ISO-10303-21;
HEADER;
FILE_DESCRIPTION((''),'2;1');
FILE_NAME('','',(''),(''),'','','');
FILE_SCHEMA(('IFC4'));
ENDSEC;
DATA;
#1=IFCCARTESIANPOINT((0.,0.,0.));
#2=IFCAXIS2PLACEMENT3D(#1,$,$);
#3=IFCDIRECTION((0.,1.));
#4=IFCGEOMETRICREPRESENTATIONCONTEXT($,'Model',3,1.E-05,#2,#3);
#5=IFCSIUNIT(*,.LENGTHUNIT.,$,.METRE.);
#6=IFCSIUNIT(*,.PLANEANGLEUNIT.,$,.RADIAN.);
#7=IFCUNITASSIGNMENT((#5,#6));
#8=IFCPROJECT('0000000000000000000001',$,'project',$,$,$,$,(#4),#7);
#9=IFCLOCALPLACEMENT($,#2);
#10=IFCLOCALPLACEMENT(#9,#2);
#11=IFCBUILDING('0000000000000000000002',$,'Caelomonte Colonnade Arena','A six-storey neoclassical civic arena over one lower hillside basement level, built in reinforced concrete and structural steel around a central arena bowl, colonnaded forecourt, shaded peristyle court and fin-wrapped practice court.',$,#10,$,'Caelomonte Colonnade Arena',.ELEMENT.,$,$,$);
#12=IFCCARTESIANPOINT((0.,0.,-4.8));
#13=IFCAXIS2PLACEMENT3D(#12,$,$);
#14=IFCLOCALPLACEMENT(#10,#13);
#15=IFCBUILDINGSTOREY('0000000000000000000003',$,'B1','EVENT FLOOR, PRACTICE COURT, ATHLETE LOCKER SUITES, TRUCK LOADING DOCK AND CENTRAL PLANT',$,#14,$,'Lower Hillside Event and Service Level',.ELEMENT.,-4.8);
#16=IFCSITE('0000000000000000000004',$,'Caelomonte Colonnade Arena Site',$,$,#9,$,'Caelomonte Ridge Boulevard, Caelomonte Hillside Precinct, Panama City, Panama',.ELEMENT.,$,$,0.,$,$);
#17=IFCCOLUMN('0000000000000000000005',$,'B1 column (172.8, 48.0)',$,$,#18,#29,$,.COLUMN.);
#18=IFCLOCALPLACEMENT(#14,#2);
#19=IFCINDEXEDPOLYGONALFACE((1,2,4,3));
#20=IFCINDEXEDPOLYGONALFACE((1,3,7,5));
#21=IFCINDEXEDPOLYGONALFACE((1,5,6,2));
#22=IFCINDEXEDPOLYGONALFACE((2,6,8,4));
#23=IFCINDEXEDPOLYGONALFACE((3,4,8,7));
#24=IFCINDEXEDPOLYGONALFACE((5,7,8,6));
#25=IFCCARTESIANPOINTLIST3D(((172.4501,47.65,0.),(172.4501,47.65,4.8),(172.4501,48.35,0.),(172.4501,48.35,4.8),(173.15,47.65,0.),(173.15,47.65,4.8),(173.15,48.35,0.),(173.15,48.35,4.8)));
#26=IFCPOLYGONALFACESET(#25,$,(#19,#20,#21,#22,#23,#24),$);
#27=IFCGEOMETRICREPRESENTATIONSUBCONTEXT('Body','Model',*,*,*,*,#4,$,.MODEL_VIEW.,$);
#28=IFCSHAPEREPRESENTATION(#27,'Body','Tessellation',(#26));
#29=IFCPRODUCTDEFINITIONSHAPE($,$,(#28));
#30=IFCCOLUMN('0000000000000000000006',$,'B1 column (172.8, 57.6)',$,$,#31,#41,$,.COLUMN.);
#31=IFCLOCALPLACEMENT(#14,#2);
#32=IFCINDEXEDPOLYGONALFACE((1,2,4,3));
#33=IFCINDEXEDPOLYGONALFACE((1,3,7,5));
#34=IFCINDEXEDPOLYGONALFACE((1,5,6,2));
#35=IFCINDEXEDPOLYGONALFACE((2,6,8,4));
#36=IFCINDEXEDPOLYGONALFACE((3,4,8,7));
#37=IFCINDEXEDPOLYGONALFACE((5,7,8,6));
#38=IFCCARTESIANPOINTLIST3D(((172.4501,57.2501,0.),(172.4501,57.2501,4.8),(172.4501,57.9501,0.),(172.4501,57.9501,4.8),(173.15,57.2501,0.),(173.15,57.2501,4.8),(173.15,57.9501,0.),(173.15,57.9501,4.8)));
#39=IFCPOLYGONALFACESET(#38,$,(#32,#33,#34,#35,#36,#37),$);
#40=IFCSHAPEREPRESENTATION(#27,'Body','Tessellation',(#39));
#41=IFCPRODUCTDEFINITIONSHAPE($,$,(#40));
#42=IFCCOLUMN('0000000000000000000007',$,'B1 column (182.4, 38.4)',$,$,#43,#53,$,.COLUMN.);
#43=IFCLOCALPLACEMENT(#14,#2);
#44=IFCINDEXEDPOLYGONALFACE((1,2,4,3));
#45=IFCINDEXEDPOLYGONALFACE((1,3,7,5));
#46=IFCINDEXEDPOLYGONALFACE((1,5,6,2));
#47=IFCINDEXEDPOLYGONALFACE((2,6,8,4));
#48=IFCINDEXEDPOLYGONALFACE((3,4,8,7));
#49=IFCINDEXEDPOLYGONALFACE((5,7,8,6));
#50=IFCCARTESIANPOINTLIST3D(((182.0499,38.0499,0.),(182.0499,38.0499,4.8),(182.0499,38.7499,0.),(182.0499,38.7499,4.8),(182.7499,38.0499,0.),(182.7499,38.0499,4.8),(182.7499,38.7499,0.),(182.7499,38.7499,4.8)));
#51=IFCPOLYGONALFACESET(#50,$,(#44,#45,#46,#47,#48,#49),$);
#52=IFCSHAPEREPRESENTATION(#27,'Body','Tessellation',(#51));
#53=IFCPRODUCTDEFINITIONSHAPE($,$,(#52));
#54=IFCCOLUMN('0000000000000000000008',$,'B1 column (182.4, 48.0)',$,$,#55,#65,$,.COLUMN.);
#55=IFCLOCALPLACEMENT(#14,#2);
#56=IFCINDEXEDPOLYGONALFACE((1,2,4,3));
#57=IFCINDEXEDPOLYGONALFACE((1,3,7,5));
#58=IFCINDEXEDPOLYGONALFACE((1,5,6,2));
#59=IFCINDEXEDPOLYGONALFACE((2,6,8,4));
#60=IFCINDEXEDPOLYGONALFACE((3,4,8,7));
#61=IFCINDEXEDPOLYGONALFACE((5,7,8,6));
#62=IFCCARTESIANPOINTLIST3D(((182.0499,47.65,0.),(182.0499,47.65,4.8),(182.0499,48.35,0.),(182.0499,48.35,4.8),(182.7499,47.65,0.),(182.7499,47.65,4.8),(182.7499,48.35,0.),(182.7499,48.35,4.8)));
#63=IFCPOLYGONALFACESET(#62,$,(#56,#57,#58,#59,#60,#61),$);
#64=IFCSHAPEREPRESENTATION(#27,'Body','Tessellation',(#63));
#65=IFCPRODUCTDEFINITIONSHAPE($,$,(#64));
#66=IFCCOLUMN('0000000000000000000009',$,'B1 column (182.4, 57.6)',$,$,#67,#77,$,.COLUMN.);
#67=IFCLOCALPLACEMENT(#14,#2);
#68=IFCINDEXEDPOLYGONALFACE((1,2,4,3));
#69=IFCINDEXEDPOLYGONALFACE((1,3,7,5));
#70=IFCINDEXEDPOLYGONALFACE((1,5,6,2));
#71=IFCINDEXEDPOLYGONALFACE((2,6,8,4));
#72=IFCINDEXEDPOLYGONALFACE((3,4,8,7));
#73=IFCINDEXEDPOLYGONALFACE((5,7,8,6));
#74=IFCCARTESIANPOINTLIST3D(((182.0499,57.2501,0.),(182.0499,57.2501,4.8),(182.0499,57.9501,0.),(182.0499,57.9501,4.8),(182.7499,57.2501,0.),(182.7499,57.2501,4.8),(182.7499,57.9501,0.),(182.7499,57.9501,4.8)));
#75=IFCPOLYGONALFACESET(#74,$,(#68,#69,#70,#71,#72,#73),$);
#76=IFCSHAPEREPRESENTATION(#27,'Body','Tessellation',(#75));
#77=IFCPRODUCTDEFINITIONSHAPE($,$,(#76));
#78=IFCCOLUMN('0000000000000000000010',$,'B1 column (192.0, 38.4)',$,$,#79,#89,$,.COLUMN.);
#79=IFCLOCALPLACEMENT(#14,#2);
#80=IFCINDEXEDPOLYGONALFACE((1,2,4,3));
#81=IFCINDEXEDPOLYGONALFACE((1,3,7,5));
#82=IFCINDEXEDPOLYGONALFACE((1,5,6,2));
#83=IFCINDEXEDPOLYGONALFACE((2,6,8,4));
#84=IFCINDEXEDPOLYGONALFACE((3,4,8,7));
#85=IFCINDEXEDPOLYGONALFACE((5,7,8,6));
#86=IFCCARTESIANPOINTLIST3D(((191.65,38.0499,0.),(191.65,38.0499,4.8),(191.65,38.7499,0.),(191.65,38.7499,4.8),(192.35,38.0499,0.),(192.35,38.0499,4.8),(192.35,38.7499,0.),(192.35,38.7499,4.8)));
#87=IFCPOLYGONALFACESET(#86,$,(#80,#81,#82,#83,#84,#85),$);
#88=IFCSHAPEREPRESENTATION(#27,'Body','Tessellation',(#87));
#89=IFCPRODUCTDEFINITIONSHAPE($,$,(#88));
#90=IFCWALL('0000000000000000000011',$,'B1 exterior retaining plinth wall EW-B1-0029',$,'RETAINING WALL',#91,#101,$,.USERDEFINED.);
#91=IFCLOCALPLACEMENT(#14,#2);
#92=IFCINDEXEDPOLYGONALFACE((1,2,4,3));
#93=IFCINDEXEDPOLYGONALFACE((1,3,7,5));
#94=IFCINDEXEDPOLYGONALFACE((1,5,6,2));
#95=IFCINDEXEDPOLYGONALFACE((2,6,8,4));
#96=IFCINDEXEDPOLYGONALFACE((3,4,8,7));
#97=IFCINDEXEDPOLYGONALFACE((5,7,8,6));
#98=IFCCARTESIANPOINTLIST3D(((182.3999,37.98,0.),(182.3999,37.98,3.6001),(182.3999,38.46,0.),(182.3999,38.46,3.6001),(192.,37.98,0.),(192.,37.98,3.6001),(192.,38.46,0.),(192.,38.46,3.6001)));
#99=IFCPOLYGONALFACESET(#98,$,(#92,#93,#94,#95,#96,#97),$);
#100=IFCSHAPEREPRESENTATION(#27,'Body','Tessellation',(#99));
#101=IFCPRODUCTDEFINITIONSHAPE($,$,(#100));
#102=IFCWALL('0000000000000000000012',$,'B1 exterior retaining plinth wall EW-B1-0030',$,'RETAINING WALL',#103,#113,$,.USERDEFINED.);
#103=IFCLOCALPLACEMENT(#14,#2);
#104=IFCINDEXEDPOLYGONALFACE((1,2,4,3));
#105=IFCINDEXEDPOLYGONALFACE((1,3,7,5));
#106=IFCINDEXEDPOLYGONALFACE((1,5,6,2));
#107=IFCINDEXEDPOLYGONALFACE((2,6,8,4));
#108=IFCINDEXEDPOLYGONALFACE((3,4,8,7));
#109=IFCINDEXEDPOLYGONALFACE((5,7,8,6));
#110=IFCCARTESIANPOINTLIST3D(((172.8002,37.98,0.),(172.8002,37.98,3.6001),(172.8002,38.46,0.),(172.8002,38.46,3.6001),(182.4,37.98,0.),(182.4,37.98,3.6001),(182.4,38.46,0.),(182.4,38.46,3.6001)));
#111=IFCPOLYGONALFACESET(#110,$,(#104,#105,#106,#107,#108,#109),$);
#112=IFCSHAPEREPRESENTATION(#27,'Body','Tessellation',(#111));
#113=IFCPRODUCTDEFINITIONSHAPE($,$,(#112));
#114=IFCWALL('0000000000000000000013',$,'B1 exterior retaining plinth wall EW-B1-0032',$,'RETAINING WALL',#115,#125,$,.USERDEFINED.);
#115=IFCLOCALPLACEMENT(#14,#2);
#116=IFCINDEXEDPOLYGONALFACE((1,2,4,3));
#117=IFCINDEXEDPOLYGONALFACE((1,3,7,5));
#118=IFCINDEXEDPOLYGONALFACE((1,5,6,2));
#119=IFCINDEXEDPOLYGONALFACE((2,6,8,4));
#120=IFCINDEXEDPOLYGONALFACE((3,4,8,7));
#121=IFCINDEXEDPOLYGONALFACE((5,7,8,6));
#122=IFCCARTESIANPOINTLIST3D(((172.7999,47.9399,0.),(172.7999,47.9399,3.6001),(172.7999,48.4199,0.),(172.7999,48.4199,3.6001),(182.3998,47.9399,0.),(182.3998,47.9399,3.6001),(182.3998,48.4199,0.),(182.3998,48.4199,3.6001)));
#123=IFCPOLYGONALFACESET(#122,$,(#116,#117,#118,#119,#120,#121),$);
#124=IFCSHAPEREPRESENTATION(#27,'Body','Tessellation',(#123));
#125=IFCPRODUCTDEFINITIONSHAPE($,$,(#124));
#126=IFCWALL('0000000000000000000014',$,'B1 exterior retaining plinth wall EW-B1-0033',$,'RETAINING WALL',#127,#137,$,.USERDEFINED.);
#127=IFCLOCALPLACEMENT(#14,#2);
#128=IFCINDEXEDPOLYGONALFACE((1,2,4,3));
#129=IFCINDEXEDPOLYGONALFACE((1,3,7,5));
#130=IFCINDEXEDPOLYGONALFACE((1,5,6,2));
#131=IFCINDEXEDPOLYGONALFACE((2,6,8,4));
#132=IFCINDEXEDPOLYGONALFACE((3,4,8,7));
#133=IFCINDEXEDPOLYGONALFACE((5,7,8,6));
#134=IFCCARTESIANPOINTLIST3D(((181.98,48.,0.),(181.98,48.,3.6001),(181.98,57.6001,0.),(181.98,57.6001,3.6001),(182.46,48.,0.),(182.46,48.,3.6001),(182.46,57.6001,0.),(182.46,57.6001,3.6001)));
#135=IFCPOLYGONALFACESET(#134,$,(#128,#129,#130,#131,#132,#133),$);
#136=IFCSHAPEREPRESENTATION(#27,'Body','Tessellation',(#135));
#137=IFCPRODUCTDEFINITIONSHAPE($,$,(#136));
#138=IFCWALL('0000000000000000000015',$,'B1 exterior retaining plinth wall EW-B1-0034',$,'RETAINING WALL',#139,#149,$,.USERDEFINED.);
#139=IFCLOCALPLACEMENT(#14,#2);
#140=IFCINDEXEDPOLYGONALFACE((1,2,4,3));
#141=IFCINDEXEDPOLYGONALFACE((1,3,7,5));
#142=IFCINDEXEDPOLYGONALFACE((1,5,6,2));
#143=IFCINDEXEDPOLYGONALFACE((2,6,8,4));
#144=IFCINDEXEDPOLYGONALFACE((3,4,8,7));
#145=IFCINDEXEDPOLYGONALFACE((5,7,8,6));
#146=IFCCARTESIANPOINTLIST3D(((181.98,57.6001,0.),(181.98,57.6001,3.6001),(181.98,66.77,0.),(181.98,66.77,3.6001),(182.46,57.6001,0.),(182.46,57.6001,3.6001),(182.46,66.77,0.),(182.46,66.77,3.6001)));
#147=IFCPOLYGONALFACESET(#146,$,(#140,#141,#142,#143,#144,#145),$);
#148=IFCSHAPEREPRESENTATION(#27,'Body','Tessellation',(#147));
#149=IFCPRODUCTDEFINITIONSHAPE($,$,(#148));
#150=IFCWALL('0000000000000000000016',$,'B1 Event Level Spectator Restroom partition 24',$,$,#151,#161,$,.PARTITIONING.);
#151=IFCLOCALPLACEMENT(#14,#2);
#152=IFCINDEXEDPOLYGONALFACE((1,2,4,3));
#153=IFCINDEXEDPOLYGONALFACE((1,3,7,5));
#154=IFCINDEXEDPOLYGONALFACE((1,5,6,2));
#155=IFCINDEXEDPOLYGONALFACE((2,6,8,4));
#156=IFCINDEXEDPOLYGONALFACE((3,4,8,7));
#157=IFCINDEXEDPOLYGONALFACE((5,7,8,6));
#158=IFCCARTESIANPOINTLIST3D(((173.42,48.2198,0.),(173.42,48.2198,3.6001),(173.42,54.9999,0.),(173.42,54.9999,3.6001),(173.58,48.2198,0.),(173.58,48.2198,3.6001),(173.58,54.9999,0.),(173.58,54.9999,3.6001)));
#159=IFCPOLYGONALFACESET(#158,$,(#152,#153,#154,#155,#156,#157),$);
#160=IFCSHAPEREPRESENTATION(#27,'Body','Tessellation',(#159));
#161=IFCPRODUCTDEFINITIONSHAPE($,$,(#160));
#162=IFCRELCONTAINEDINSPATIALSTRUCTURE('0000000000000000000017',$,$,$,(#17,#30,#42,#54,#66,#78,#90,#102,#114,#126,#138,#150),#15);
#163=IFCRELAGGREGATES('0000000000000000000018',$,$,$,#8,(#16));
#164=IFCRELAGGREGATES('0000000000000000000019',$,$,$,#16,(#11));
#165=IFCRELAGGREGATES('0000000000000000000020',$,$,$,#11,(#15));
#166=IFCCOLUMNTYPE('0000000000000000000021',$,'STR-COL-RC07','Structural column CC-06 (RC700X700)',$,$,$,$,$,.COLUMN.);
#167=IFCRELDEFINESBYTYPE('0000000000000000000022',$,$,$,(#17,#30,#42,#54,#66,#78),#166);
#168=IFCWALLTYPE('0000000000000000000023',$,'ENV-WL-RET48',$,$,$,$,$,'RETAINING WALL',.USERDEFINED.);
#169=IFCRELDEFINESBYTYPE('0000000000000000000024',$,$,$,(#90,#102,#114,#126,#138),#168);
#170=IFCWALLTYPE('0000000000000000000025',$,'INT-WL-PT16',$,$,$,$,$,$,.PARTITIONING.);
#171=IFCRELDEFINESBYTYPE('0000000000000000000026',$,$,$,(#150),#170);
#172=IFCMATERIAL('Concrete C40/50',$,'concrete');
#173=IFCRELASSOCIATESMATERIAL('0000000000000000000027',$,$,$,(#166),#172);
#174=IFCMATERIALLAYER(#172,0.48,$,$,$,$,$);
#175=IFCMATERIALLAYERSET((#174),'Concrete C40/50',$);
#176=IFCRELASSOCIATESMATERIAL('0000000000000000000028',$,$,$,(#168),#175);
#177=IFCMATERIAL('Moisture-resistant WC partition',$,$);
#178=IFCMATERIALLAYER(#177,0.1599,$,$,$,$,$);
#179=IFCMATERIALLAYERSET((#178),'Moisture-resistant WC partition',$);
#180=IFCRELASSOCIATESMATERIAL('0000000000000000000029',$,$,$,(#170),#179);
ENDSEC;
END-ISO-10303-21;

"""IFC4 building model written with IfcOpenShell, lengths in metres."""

from ifc_helpers import new_model, si_unit, direction, frame, frame_2d, origin, origin_2d, place, context, subcontext, project, spatial, rectangle, extrude, material, layer, layer_set, material_profile, profile_set, type_object, element, save


model = new_model("IFC4")

# Units and contexts
model_context = context("Model", 3, precision=1e-05, world=origin(), true_north=direction((0.0, 1.0)))
body_context = subcontext(model_context, "Body", "Model", "MODEL_VIEW")
ifc_project = project(units=[si_unit("LENGTHUNIT", "METRE"), si_unit("PLANEANGLEUNIT", "RADIAN")], contexts=[model_context])

# Site, building, storey
site_placement = place(None, origin())
site = spatial("IfcSite", under=ifc_project, at=site_placement, Name="Caelomonte Colonnade Arena Site", LongName="Caelomonte Ridge Boulevard, Caelomonte Hillside Precinct, Panama City, Panama", CompositionType="ELEMENT", RefElevation=0.0)
building_placement = place(site_placement, origin())
building = spatial("IfcBuilding", under=site, at=building_placement, Name="Caelomonte Colonnade Arena", Description="A six-storey neoclassical civic arena over one lower hillside basement level, built in reinforced concrete and structural steel around a central arena bowl, colonnaded forecourt, shaded peristyle court and fin-wrapped practice court.", LongName="Caelomonte Colonnade Arena", CompositionType="ELEMENT")
storey_placement = place(building_placement, frame((0.0, 0.0, -4.8)))
storey = spatial("IfcBuildingStorey", under=building, at=storey_placement, Name="B1", Description="EVENT FLOOR, PRACTICE COURT, ATHLETE LOCKER SUITES, TRUCK LOADING DOCK AND CENTRAL PLANT", LongName="Lower Hillside Event and Service Level", CompositionType="ELEMENT", Elevation=-4.8)

# Shared definitions
ifc_material_1 = material(Name="Concrete C40/50", Category="concrete")

# Columns
ifc_material_profile_1 = material_profile(ifc_material_1, rectangle(XDim=0.7, YDim=0.7, at=origin_2d()), Name="RC700X700")
ifc_profile_set_1 = profile_set([ifc_material_profile_1], Name="Concrete C40/50")
column_type = type_object("IfcColumnType", Name="STR-COL-RC07", Description="Structural column CC-06 (RC700X700)", PredefinedType="COLUMN", material=ifc_profile_set_1)
for number, where, z_axis, x_axis, name in (
    (1, (172.8, 48.0, 0.0), (0.0, 0.0, 1.0), (1.0, 0.0, 0.0), "B1 column (172.8, 48.0)"),
    (2, (172.8, 57.6001, 0.0), (0.0, 0.0, 1.0), (1.0, 0.0, 0.0), "B1 column (172.8, 57.6)"),
    (3, (182.3999, 38.3999, 0.0), (0.0, 0.0, 1.0), (1.0, 0.0, 0.0), "B1 column (182.4, 38.4)"),
    (4, (182.3999, 48.0, 0.0), (0.0, 0.0, 1.0), (1.0, 0.0, 0.0), "B1 column (182.4, 48.0)"),
    (5, (182.3999, 57.6001, 0.0), (0.0, 0.0, 1.0), (1.0, 0.0, 0.0), "B1 column (182.4, 57.6)"),
    (6, (192.0, 38.3999, 0.0), (0.0, 0.0, 1.0), (1.0, 0.0, 0.0), "B1 column (192.0, 38.4)"),
):
    element("IfcColumn", number, at=place(storey_placement, frame(where, z_axis=z_axis, x_axis=x_axis)), inside=storey, type_object=column_type, Name=name, PredefinedType="COLUMN", context=body_context, shape_type="SweptSolid", body=[
        extrude(rectangle(XDim=0.7, YDim=0.7, at=origin_2d()), origin(), (0.0, 0.0, 1.0), 4.8),
    ])

# Walls
ifc_layer_1 = layer(ifc_material_1, 0.48)
ifc_layer_set_1 = layer_set([ifc_layer_1], Name="Concrete C40/50")
wall_type_1 = type_object("IfcWallType", Name="ENV-WL-RET48", ElementType="RETAINING WALL", PredefinedType="USERDEFINED", material=ifc_layer_set_1)
wall_1_placement = place(storey_placement, frame((192.0, 38.22, 0.0), z_axis=(0.0, 0.0, 1.0), x_axis=(-1.0, 0.0, 0.0)))
element("IfcWall", 7, at=wall_1_placement, inside=storey, type_object=wall_type_1, Name="B1 exterior retaining plinth wall EW-B1-0029", ObjectType="RETAINING WALL", PredefinedType="USERDEFINED", context=body_context, shape_type="SweptSolid", body=[
    extrude(rectangle(XDim=9.6001, YDim=0.48, at=frame_2d((4.8, 0.0))), origin(), (0.0, 0.0, 1.0), 3.6001),
])
for number, where, z_axis, x_axis, name in (
    (8, (182.3999, 38.22, 0.0), (0.0, 0.0, 1.0), (-1.0, 0.0, 0.0), "B1 exterior retaining plinth wall EW-B1-0030"),
    (9, (172.8, 48.1799, 0.0), (0.0, 0.0, 1.0), (1.0, 0.0, 0.0), "B1 exterior retaining plinth wall EW-B1-0032"),
):
    element("IfcWall", number, at=place(storey_placement, frame(where, z_axis=z_axis, x_axis=x_axis)), inside=storey, type_object=wall_type_1, Name=name, ObjectType="RETAINING WALL", PredefinedType="USERDEFINED", context=body_context, shape_type="SweptSolid", body=[
        extrude(rectangle(XDim=9.5999, YDim=0.48, at=frame_2d((4.7998, 0.0))), origin(), (0.0, 0.0, 1.0), 3.6001),
    ])
wall_2_placement = place(storey_placement, frame((182.22, 48.0, 0.0), z_axis=(0.0, 0.0, 1.0), x_axis=(0.0, 1.0, 0.0)))
element("IfcWall", 10, at=wall_2_placement, inside=storey, type_object=wall_type_1, Name="B1 exterior retaining plinth wall EW-B1-0033", ObjectType="RETAINING WALL", PredefinedType="USERDEFINED", context=body_context, shape_type="SweptSolid", body=[
    extrude(rectangle(XDim=9.6001, YDim=0.48, at=frame_2d((4.8, 0.0))), origin(), (0.0, 0.0, 1.0), 3.6001),
])
wall_3_placement = place(storey_placement, frame((182.22, 57.6001, 0.0), z_axis=(0.0, 0.0, 1.0), x_axis=(0.0, 1.0, 0.0)))
element("IfcWall", 11, at=wall_3_placement, inside=storey, type_object=wall_type_1, Name="B1 exterior retaining plinth wall EW-B1-0034", ObjectType="RETAINING WALL", PredefinedType="USERDEFINED", context=body_context, shape_type="SweptSolid", body=[
    extrude(rectangle(XDim=9.1699, YDim=0.48, at=frame_2d((4.585, 0.0))), origin(), (0.0, 0.0, 1.0), 3.6001),
])
ifc_material_2 = material(Name="Moisture-resistant WC partition")
ifc_layer_2 = layer(ifc_material_2, 0.1599)
ifc_layer_set_2 = layer_set([ifc_layer_2], Name="Moisture-resistant WC partition")
wall_type_2 = type_object("IfcWallType", Name="INT-WL-PT16", PredefinedType="PARTITIONING", material=ifc_layer_set_2)
wall_4_placement = place(storey_placement, frame((173.5, 55.0, 0.0), z_axis=(0.0, 0.0, 1.0), x_axis=(0.0, -1.0, 0.0)))
element("IfcWall", 12, at=wall_4_placement, inside=storey, type_object=wall_type_2, Name="B1 Event Level Spectator Restroom partition 24", PredefinedType="PARTITIONING", context=body_context, shape_type="SweptSolid", body=[
    extrude(rectangle(XDim=6.78, YDim=0.1599, at=frame_2d((3.3901, 0.0))), origin(), (0.0, 0.0, 1.0), 3.6001),
])

save(model, "model.ifc")
